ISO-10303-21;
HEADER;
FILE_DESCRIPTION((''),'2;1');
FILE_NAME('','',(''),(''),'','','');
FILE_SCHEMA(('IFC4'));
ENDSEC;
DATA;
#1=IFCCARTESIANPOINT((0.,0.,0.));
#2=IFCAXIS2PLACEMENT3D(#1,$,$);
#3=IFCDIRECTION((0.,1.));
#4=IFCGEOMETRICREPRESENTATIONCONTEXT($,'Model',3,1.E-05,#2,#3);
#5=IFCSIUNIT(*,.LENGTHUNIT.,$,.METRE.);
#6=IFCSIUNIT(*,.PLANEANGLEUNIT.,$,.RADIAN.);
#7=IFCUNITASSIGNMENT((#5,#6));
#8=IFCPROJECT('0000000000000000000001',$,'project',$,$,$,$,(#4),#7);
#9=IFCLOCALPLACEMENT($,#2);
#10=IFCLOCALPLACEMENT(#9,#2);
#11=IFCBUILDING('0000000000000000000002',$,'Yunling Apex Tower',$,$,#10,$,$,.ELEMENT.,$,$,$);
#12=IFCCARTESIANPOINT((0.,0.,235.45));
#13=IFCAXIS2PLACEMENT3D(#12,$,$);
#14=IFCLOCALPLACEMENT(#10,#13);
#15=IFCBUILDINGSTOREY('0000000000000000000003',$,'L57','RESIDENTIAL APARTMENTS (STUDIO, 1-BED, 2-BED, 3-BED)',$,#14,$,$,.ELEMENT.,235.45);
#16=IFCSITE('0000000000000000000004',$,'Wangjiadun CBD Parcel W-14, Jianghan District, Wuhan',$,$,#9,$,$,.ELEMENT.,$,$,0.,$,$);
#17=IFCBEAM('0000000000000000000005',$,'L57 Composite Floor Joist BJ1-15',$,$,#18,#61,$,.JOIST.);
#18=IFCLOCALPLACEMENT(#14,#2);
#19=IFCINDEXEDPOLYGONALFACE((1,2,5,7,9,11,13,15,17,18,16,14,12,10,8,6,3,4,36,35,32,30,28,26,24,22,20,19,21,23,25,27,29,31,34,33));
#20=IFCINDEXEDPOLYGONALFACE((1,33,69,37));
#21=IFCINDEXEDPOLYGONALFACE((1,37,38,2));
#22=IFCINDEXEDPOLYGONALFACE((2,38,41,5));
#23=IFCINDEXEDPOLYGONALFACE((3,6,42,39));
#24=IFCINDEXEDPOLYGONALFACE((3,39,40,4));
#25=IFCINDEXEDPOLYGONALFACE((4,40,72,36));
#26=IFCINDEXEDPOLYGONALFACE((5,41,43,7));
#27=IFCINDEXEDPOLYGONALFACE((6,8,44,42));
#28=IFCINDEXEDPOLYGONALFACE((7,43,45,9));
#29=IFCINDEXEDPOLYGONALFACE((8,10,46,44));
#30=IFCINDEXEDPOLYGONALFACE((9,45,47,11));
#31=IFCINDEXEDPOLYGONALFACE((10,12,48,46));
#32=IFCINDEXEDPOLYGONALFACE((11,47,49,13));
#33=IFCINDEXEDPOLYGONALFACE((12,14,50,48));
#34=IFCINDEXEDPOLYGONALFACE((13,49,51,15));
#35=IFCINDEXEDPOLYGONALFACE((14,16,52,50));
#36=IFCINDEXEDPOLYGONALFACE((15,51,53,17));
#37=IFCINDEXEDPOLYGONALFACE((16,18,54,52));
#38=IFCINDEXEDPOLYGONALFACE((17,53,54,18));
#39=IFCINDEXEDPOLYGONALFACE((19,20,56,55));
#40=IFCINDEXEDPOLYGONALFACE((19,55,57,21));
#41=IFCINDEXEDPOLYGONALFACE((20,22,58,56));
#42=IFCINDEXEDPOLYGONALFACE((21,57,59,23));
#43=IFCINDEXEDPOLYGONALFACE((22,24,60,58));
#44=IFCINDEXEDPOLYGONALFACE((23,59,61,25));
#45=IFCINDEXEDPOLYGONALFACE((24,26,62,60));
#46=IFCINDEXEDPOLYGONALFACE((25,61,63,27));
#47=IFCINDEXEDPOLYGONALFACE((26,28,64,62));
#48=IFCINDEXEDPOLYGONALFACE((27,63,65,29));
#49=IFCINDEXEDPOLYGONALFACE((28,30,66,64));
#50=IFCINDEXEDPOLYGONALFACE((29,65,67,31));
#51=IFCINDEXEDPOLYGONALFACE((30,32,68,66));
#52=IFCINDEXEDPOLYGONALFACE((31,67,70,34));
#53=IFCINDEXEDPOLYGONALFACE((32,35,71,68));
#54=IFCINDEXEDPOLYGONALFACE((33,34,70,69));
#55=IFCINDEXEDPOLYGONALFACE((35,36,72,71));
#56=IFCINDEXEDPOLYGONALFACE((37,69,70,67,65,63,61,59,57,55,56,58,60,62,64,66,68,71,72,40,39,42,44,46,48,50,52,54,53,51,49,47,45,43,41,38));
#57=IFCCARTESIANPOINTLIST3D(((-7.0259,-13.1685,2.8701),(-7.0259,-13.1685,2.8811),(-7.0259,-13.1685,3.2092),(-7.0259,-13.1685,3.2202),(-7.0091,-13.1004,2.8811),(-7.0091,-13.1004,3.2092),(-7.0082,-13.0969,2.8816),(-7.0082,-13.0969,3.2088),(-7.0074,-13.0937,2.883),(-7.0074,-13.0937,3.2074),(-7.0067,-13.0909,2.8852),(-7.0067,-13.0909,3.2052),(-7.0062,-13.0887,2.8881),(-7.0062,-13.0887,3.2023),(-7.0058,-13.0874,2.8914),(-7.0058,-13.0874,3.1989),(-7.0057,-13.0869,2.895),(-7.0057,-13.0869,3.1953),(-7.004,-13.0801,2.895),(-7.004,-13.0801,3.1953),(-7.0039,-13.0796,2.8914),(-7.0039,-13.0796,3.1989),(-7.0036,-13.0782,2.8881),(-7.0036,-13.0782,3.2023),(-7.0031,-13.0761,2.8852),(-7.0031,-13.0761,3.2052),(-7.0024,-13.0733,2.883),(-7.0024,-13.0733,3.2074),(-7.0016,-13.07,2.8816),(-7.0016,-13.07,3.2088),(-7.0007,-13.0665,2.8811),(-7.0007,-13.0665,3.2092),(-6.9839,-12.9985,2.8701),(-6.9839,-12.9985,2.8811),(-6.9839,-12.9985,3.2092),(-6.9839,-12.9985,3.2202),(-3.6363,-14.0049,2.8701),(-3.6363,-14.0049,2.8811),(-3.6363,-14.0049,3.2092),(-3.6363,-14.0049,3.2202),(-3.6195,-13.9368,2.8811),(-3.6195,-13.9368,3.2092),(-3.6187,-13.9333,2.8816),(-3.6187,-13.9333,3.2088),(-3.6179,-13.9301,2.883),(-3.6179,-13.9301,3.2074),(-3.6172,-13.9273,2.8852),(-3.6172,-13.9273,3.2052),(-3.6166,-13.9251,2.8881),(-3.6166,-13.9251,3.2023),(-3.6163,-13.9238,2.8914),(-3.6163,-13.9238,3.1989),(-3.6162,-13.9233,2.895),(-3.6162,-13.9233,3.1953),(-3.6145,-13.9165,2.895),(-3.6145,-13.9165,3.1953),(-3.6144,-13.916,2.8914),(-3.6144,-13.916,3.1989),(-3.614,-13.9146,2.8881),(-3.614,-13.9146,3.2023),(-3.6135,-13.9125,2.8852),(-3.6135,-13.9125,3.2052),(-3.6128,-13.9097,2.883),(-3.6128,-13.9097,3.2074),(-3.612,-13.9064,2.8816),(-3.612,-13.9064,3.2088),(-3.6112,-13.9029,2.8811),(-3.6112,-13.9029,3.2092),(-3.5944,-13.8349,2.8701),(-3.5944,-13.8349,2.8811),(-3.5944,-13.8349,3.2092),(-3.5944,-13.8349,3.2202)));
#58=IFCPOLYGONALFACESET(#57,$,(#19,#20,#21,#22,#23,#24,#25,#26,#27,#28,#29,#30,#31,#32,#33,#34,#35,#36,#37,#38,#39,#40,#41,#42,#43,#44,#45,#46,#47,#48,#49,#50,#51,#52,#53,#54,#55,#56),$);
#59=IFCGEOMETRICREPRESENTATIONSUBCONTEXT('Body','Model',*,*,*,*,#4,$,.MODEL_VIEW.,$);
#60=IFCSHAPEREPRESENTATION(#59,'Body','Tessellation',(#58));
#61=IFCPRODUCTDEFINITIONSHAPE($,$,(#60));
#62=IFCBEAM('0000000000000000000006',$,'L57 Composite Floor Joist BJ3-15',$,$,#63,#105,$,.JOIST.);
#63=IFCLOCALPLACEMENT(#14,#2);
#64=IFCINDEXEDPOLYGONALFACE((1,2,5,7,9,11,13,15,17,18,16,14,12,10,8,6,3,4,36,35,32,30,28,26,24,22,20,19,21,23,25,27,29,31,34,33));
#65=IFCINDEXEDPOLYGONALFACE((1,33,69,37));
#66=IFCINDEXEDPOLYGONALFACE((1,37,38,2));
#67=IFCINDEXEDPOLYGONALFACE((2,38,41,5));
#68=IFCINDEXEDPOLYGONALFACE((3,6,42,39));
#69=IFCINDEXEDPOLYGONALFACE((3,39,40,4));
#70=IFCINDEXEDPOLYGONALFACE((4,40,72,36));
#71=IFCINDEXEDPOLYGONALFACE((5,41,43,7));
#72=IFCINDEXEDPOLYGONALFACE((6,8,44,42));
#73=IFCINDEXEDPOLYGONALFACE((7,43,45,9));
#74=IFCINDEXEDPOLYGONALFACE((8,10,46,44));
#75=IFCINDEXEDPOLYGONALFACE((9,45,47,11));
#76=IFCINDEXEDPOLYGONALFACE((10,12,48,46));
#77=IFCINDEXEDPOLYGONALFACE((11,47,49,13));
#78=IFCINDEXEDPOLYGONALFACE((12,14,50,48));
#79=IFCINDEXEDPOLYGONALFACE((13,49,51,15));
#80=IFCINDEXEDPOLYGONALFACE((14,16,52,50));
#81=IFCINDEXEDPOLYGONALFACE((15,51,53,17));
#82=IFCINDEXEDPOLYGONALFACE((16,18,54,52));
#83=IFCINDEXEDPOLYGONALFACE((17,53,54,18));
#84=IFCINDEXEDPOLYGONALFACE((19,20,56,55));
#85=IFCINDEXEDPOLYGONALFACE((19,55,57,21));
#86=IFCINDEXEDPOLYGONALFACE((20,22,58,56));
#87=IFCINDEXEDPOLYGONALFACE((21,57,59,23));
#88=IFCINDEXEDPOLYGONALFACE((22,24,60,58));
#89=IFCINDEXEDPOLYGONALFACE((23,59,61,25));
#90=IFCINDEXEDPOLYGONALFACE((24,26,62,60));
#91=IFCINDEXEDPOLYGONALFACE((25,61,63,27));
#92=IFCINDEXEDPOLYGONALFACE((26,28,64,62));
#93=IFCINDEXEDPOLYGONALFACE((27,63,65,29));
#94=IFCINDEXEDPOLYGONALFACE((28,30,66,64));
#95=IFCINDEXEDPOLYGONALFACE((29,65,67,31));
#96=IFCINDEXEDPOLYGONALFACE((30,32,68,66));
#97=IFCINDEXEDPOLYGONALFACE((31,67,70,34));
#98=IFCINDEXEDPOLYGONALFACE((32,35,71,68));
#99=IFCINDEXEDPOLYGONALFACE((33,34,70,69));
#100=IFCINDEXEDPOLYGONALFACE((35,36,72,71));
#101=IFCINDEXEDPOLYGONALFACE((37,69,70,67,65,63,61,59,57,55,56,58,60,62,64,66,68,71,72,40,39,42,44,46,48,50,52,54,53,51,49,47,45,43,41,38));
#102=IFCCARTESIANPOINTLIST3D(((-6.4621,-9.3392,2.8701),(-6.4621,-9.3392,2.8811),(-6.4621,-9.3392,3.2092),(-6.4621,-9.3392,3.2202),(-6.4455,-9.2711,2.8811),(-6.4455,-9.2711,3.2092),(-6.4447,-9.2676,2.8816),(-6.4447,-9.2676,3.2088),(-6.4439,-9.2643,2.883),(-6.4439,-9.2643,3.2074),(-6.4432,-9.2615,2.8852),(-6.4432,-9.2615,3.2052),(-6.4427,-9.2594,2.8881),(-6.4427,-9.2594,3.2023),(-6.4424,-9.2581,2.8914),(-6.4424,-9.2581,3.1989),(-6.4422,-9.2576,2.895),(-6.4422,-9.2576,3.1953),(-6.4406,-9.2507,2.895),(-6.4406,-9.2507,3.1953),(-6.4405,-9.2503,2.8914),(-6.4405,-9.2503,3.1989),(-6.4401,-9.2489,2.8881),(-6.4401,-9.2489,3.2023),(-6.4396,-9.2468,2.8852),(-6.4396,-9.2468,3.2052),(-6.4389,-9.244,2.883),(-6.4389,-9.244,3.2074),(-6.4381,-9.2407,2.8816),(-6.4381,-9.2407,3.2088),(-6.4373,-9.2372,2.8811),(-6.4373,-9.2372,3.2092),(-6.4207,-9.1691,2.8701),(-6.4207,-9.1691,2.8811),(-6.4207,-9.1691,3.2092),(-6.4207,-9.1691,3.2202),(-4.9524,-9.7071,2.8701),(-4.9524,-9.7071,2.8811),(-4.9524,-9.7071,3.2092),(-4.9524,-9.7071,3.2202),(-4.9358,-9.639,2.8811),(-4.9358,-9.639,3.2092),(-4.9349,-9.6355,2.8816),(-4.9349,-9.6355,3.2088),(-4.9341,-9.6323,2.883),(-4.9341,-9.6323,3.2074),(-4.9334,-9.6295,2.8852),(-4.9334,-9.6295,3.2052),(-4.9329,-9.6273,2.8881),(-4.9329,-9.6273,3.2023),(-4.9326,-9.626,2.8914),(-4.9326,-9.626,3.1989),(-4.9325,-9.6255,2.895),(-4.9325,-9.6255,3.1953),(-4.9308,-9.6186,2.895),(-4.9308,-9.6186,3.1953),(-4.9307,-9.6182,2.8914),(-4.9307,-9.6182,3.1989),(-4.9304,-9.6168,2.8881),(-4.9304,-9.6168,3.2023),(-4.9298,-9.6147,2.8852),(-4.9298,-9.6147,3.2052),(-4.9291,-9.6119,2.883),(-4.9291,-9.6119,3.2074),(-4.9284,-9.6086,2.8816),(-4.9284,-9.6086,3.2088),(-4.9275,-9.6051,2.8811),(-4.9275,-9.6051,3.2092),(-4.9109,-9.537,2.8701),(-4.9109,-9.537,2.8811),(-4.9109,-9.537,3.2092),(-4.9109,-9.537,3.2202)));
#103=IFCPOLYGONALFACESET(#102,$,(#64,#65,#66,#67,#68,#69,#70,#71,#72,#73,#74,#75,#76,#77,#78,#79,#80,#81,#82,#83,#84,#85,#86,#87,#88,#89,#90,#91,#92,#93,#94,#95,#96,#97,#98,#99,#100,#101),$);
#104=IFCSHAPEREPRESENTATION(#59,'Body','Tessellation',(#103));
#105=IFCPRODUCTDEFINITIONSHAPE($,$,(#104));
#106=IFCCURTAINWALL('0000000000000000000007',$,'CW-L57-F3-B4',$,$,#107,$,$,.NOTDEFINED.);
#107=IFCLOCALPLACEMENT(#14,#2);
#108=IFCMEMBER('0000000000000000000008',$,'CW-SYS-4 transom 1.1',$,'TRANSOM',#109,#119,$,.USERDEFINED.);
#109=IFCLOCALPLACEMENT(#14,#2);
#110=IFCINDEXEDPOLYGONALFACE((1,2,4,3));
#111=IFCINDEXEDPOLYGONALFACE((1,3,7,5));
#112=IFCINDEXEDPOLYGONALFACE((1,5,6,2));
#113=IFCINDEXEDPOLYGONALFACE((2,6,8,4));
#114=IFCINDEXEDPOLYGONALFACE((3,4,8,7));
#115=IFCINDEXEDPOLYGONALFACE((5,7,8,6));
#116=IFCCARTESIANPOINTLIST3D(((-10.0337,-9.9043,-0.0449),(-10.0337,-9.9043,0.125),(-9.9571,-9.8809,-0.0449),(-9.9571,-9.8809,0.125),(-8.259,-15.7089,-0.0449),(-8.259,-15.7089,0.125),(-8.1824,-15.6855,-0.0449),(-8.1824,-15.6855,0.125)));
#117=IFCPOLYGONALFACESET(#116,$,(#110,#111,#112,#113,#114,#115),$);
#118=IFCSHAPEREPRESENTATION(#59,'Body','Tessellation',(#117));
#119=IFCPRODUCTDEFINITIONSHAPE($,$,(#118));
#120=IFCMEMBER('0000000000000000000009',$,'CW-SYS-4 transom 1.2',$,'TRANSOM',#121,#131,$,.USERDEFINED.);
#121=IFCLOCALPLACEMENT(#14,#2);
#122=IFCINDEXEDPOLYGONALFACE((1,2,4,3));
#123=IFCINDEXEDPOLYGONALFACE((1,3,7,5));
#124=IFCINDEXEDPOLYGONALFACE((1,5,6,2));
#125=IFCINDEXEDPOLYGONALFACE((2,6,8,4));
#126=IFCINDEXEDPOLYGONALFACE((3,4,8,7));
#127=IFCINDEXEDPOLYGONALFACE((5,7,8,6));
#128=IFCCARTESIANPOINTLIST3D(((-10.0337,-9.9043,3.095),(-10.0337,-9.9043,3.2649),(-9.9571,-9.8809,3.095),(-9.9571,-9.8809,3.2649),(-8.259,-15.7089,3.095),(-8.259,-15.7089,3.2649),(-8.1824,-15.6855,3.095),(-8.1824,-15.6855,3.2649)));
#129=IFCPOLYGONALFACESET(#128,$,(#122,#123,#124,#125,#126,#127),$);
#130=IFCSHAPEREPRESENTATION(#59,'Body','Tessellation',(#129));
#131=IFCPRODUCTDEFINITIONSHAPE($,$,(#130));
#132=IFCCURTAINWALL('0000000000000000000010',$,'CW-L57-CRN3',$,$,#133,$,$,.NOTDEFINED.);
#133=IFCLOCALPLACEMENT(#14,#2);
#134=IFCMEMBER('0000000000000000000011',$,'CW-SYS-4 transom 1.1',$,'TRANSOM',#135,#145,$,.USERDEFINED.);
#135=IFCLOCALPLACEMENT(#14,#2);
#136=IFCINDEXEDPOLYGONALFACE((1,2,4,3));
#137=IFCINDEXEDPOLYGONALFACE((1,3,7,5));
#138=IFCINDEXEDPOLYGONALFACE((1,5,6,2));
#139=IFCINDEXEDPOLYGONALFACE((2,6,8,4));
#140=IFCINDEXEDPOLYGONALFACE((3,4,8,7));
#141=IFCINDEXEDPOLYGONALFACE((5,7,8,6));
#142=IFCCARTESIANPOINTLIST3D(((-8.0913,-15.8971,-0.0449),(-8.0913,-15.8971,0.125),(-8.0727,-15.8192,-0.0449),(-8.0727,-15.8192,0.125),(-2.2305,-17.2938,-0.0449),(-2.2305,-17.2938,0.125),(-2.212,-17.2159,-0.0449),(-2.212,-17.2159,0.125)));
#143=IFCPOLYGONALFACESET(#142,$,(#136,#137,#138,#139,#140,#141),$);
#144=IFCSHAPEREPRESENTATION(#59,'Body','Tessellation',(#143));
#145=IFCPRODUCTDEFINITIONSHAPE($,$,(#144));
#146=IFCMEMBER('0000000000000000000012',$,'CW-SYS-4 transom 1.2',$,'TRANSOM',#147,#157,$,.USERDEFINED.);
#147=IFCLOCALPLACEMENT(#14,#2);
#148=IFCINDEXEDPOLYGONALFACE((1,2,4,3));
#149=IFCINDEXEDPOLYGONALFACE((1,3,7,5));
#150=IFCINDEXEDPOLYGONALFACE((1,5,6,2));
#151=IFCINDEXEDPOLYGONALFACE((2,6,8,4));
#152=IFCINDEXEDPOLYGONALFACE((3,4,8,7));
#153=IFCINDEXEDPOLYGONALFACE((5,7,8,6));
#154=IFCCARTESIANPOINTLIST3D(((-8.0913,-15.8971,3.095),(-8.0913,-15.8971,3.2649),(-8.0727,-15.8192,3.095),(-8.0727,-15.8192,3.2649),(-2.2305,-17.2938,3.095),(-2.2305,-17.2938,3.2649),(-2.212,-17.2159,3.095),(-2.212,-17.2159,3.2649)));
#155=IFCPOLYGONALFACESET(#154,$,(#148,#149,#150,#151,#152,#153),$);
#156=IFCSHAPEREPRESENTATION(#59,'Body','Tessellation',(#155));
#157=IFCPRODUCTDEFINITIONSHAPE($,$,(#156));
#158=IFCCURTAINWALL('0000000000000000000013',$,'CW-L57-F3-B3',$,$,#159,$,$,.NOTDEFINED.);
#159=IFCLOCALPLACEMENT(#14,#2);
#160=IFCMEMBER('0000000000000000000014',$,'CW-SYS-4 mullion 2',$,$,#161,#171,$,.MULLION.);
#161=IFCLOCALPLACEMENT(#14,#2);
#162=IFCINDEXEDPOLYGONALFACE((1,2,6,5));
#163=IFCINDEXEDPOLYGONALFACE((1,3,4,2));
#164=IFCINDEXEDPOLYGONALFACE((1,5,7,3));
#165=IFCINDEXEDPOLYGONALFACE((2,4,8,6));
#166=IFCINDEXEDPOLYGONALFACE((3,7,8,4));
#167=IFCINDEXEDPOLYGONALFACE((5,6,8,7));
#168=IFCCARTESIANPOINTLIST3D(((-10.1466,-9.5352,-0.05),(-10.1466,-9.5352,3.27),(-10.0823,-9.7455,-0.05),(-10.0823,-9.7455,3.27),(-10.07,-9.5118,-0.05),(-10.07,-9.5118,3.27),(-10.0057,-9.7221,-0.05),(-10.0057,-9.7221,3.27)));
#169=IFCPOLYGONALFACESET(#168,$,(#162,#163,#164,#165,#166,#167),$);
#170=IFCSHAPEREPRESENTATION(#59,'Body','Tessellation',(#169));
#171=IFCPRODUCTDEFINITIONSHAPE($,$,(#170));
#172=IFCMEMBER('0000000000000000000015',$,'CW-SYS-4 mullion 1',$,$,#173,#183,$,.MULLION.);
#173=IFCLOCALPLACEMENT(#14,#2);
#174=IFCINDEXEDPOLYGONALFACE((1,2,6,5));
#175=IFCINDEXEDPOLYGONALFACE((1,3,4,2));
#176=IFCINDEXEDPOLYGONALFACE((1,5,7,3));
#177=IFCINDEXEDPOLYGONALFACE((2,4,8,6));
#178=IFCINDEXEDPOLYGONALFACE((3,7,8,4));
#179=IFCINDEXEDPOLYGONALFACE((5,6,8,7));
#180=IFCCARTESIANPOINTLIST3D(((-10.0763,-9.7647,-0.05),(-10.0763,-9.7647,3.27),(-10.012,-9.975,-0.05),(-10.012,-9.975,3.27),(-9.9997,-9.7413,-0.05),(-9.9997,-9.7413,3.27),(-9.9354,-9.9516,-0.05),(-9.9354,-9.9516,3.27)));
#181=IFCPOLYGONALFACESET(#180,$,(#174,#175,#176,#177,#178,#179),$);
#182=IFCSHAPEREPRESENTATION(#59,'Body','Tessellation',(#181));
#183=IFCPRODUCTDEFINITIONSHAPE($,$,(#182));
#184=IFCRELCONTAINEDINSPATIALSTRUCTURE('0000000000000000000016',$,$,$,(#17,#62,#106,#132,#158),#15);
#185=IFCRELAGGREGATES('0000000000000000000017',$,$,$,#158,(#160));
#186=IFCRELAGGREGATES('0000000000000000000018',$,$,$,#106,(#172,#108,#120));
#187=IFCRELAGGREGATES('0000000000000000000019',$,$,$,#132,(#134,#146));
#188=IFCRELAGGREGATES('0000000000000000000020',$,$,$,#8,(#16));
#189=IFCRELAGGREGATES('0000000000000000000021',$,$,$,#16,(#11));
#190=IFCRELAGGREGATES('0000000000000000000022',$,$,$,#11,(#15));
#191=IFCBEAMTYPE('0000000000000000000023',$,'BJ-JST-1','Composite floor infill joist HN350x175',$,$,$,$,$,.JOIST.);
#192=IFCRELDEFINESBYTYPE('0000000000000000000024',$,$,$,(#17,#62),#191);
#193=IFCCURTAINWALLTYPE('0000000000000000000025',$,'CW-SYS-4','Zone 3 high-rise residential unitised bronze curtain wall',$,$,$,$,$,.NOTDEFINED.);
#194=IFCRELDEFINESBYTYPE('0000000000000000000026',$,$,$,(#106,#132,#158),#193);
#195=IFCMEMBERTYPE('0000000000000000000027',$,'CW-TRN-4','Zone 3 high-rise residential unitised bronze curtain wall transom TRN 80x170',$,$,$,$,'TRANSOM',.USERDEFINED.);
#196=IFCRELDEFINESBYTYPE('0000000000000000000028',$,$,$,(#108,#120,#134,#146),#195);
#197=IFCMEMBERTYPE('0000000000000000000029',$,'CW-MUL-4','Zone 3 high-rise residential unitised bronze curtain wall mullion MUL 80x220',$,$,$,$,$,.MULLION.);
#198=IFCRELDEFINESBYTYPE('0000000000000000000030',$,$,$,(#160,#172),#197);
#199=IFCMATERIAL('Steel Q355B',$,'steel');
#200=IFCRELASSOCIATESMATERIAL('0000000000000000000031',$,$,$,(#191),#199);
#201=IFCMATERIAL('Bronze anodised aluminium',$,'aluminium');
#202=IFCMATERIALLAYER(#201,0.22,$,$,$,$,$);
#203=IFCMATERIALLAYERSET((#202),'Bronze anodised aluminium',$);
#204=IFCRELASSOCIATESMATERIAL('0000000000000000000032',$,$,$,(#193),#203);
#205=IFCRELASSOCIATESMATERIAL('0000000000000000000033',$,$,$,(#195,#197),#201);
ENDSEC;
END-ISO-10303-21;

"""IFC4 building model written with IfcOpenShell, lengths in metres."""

from ifc_helpers import new_model, si_unit, direction, frame, origin, origin_2d, place, context, subcontext, project, spatial, rectangle, i_section, extrude, source, transform, mapped, material, layer, layer_set, material_profile, profile_set, type_object, element, aggregate, save


model = new_model("IFC4")

# Units and contexts
model_context = context("Model", 3, precision=1e-05, world=origin(), true_north=direction((0.0, 1.0)))
body_context = subcontext(model_context, "Body", "Model", "MODEL_VIEW")
ifc_project = project(units=[si_unit("LENGTHUNIT", "METRE"), si_unit("PLANEANGLEUNIT", "RADIAN")], contexts=[model_context])

# Site, building, storey
site_placement = place(None, origin())
site = spatial("IfcSite", under=ifc_project, at=site_placement, Name="Wangjiadun CBD Parcel W-14, Jianghan District, Wuhan", CompositionType="ELEMENT", RefElevation=0.0)
building_placement = place(site_placement, origin())
building = spatial("IfcBuilding", under=site, at=building_placement, Name="Yunling Apex Tower", CompositionType="ELEMENT")
storey_placement = place(building_placement, frame((0.0, 0.0, 235.45)))
storey = spatial("IfcBuildingStorey", under=building, at=storey_placement, Name="L57", Description="RESIDENTIAL APARTMENTS (STUDIO, 1-BED, 2-BED, 3-BED)", CompositionType="ELEMENT", Elevation=235.45)

# Beams
ifc_material_1 = material(Name="Steel Q355B", Category="steel")
ifc_material_profile_1 = material_profile(ifc_material_1, i_section(OverallWidth=0.175, OverallDepth=0.3501, WebThickness=0.0071, FlangeThickness=0.011, FilletRadius=0.0139, at=origin_2d()))
ifc_profile_set_1 = profile_set([ifc_material_profile_1], Name="Steel Q355B")
beam_type_1 = type_object("IfcBeamType", Name="BJ-JST-1", Description="Composite floor infill joist HN350x175", PredefinedType="JOIST", material=ifc_profile_set_1)
shared_shape_1 = source(origin(), body_context, "Body", "SweptSolid", [
    extrude(i_section(OverallWidth=0.175, OverallDepth=0.3501, WebThickness=0.0071, FlangeThickness=0.011, FilletRadius=0.0139, at=origin_2d()), origin(), (0.0, 0.0, 1.0), 3.4912),
])
beam_1_placement = place(storey_placement, frame((-7.0049, -13.0835, 3.0452), z_axis=(0.970878, -0.239573, 0.0), x_axis=(0.239573, 0.970878, 0.0)))
element("IfcBeam", 1, at=beam_1_placement, inside=storey, type_object=beam_type_1, Name="L57 Composite Floor Joist BJ1-15", PredefinedType="JOIST", context=body_context, shape_type="MappedRepresentation", body=[
    mapped(shared_shape_1, transform((0.0, 0.0, 0.0), scale=1.0)),
])
shared_shape_2 = source(origin(), body_context, "Body", "SweptSolid", [
    extrude(i_section(OverallWidth=0.175, OverallDepth=0.3501, WebThickness=0.0071, FlangeThickness=0.011, FilletRadius=0.0139, at=origin_2d()), origin(), (0.0, 0.0, 1.0), 1.554),
])
beam_2_placement = place(storey_placement, frame((-6.4414, -9.2542, 3.0452), z_axis=(0.971567, -0.236764, 0.0), x_axis=(0.236764, 0.971567, 0.0)))
element("IfcBeam", 2, at=beam_2_placement, inside=storey, type_object=beam_type_1, Name="L57 Composite Floor Joist BJ3-15", PredefinedType="JOIST", context=body_context, shape_type="MappedRepresentation", body=[
    mapped(shared_shape_2, transform((0.0, 0.0, 0.0), scale=1.0)),
])

# Curtain walls, members
ifc_material_2 = material(Name="Bronze anodised aluminium", Category="aluminium")
ifc_layer_1 = layer(ifc_material_2, 0.22)
ifc_layer_set_1 = layer_set([ifc_layer_1], Name="Bronze anodised aluminium")
curtain_wall_type = type_object("IfcCurtainWallType", Name="CW-SYS-4", Description="Zone 3 high-rise residential unitised bronze curtain wall", PredefinedType="NOTDEFINED", material=ifc_layer_set_1)
curtain_wall_1_placement = place(storey_placement, origin())
curtain_wall_1 = element("IfcCurtainWall", 3, at=curtain_wall_1_placement, inside=storey, type_object=curtain_wall_type, Name="CW-L57-F3-B4", PredefinedType="NOTDEFINED")
ifc_material_profile_2 = material_profile(ifc_material_2, rectangle(XDim=0.0801, YDim=0.1699, at=origin_2d()))
ifc_profile_set_2 = profile_set([ifc_material_profile_2], Name="Bronze anodised aluminium")
member_type_1 = type_object("IfcMemberType", Name="CW-TRN-4", Description="Zone 3 high-rise residential unitised bronze curtain wall transom TRN 80x170", ElementType="TRANSOM", PredefinedType="USERDEFINED", material=ifc_profile_set_2)
shared_shape_3 = source(origin(), body_context, "Body", "SweptSolid", [
    extrude(rectangle(XDim=0.0801, YDim=0.1699, at=origin_2d()), origin(), (0.0, 0.0, 1.0), 6.0698),
])
member_1_placement = place(storey_placement, frame((-9.9954, -9.8926, 0.04), z_axis=(0.29237, -0.956305, 0.0), x_axis=(0.956305, 0.29237, 0.0)))
member_1 = element("IfcMember", 4, at=member_1_placement, type_object=member_type_1, Name="CW-SYS-4 transom 1.1", ObjectType="TRANSOM", PredefinedType="USERDEFINED", context=body_context, shape_type="MappedRepresentation", body=[
    mapped(shared_shape_3, transform((0.0, 0.0, 0.0), scale=1.0)),
])
member_2_placement = place(storey_placement, frame((-9.9954, -9.8926, 3.1799), z_axis=(0.29237, -0.956305, 0.0), x_axis=(0.956305, 0.29237, 0.0)))
member_2 = element("IfcMember", 5, at=member_2_placement, type_object=member_type_1, Name="CW-SYS-4 transom 1.2", ObjectType="TRANSOM", PredefinedType="USERDEFINED", context=body_context, shape_type="MappedRepresentation", body=[
    mapped(shared_shape_3, transform((0.0, 0.0, 0.0), scale=1.0)),
])
curtain_wall_2_placement = place(storey_placement, origin())
curtain_wall_2 = element("IfcCurtainWall", 6, at=curtain_wall_2_placement, inside=storey, type_object=curtain_wall_type, Name="CW-L57-CRN3", PredefinedType="NOTDEFINED")
shared_shape_4 = source(origin(), body_context, "Body", "SweptSolid", [
    extrude(rectangle(XDim=0.0801, YDim=0.1699, at=origin_2d()), origin(), (0.0, 0.0, 1.0), 6.0249),
])
member_3_placement = place(storey_placement, frame((-8.082, -15.8582, 0.04), z_axis=(0.972758, -0.231823, 0.0), x_axis=(0.231823, 0.972758, 0.0)))
member_3 = element("IfcMember", 7, at=member_3_placement, type_object=member_type_1, Name="CW-SYS-4 transom 1.1", ObjectType="TRANSOM", PredefinedType="USERDEFINED", context=body_context, shape_type="MappedRepresentation", body=[
    mapped(shared_shape_4, transform((0.0, 0.0, 0.0), scale=1.0)),
])
member_4_placement = place(storey_placement, frame((-8.082, -15.8582, 3.1799), z_axis=(0.972758, -0.231823, 0.0), x_axis=(0.231823, 0.972758, 0.0)))
member_4 = element("IfcMember", 8, at=member_4_placement, type_object=member_type_1, Name="CW-SYS-4 transom 1.2", ObjectType="TRANSOM", PredefinedType="USERDEFINED", context=body_context, shape_type="MappedRepresentation", body=[
    mapped(shared_shape_4, transform((0.0, 0.0, 0.0), scale=1.0)),
])

# Curtain wall, member
curtain_wall_3_placement = place(storey_placement, origin())
curtain_wall_3 = element("IfcCurtainWall", 9, at=curtain_wall_3_placement, inside=storey, type_object=curtain_wall_type, Name="CW-L57-F3-B3", PredefinedType="NOTDEFINED")
ifc_material_profile_3 = material_profile(ifc_material_2, rectangle(XDim=0.0801, YDim=0.22, at=origin_2d()))
ifc_profile_set_3 = profile_set([ifc_material_profile_3], Name="Bronze anodised aluminium")
member_type_2 = type_object("IfcMemberType", Name="CW-MUL-4", Description="Zone 3 high-rise residential unitised bronze curtain wall mullion MUL 80x220", PredefinedType="MULLION", material=ifc_profile_set_3)
shared_shape_5 = source(origin(), body_context, "Body", "SweptSolid", [
    extrude(rectangle(XDim=0.0801, YDim=0.22, at=origin_2d()), origin(), (0.0, 0.0, 1.0), 3.3201),
])
member_5_placement = place(storey_placement, frame((-10.0762, -9.6287, -0.05), z_axis=(0.0, 0.0, 1.0), x_axis=(0.956305, 0.292372, 0.0)))
member_5 = element("IfcMember", 10, at=member_5_placement, type_object=member_type_2, Name="CW-SYS-4 mullion 2", PredefinedType="MULLION", context=body_context, shape_type="MappedRepresentation", body=[
    mapped(shared_shape_5, transform((0.0, 0.0, 0.0), scale=1.0)),
])

# Member
member_6_placement = place(storey_placement, frame((-10.0059, -9.8582, -0.05), z_axis=(0.0, 0.0, 1.0), x_axis=(0.956305, 0.292372, 0.0)))
member_6 = element("IfcMember", 11, at=member_6_placement, type_object=member_type_2, Name="CW-SYS-4 mullion 1", PredefinedType="MULLION", context=body_context, shape_type="MappedRepresentation", body=[
    mapped(shared_shape_5, transform((0.0, 0.0, 0.0), scale=1.0)),
])

aggregate(curtain_wall_3, [member_5])
aggregate(curtain_wall_1, [member_6, member_1, member_2])
aggregate(curtain_wall_2, [member_3, member_4])

save(model, "model.ifc")
